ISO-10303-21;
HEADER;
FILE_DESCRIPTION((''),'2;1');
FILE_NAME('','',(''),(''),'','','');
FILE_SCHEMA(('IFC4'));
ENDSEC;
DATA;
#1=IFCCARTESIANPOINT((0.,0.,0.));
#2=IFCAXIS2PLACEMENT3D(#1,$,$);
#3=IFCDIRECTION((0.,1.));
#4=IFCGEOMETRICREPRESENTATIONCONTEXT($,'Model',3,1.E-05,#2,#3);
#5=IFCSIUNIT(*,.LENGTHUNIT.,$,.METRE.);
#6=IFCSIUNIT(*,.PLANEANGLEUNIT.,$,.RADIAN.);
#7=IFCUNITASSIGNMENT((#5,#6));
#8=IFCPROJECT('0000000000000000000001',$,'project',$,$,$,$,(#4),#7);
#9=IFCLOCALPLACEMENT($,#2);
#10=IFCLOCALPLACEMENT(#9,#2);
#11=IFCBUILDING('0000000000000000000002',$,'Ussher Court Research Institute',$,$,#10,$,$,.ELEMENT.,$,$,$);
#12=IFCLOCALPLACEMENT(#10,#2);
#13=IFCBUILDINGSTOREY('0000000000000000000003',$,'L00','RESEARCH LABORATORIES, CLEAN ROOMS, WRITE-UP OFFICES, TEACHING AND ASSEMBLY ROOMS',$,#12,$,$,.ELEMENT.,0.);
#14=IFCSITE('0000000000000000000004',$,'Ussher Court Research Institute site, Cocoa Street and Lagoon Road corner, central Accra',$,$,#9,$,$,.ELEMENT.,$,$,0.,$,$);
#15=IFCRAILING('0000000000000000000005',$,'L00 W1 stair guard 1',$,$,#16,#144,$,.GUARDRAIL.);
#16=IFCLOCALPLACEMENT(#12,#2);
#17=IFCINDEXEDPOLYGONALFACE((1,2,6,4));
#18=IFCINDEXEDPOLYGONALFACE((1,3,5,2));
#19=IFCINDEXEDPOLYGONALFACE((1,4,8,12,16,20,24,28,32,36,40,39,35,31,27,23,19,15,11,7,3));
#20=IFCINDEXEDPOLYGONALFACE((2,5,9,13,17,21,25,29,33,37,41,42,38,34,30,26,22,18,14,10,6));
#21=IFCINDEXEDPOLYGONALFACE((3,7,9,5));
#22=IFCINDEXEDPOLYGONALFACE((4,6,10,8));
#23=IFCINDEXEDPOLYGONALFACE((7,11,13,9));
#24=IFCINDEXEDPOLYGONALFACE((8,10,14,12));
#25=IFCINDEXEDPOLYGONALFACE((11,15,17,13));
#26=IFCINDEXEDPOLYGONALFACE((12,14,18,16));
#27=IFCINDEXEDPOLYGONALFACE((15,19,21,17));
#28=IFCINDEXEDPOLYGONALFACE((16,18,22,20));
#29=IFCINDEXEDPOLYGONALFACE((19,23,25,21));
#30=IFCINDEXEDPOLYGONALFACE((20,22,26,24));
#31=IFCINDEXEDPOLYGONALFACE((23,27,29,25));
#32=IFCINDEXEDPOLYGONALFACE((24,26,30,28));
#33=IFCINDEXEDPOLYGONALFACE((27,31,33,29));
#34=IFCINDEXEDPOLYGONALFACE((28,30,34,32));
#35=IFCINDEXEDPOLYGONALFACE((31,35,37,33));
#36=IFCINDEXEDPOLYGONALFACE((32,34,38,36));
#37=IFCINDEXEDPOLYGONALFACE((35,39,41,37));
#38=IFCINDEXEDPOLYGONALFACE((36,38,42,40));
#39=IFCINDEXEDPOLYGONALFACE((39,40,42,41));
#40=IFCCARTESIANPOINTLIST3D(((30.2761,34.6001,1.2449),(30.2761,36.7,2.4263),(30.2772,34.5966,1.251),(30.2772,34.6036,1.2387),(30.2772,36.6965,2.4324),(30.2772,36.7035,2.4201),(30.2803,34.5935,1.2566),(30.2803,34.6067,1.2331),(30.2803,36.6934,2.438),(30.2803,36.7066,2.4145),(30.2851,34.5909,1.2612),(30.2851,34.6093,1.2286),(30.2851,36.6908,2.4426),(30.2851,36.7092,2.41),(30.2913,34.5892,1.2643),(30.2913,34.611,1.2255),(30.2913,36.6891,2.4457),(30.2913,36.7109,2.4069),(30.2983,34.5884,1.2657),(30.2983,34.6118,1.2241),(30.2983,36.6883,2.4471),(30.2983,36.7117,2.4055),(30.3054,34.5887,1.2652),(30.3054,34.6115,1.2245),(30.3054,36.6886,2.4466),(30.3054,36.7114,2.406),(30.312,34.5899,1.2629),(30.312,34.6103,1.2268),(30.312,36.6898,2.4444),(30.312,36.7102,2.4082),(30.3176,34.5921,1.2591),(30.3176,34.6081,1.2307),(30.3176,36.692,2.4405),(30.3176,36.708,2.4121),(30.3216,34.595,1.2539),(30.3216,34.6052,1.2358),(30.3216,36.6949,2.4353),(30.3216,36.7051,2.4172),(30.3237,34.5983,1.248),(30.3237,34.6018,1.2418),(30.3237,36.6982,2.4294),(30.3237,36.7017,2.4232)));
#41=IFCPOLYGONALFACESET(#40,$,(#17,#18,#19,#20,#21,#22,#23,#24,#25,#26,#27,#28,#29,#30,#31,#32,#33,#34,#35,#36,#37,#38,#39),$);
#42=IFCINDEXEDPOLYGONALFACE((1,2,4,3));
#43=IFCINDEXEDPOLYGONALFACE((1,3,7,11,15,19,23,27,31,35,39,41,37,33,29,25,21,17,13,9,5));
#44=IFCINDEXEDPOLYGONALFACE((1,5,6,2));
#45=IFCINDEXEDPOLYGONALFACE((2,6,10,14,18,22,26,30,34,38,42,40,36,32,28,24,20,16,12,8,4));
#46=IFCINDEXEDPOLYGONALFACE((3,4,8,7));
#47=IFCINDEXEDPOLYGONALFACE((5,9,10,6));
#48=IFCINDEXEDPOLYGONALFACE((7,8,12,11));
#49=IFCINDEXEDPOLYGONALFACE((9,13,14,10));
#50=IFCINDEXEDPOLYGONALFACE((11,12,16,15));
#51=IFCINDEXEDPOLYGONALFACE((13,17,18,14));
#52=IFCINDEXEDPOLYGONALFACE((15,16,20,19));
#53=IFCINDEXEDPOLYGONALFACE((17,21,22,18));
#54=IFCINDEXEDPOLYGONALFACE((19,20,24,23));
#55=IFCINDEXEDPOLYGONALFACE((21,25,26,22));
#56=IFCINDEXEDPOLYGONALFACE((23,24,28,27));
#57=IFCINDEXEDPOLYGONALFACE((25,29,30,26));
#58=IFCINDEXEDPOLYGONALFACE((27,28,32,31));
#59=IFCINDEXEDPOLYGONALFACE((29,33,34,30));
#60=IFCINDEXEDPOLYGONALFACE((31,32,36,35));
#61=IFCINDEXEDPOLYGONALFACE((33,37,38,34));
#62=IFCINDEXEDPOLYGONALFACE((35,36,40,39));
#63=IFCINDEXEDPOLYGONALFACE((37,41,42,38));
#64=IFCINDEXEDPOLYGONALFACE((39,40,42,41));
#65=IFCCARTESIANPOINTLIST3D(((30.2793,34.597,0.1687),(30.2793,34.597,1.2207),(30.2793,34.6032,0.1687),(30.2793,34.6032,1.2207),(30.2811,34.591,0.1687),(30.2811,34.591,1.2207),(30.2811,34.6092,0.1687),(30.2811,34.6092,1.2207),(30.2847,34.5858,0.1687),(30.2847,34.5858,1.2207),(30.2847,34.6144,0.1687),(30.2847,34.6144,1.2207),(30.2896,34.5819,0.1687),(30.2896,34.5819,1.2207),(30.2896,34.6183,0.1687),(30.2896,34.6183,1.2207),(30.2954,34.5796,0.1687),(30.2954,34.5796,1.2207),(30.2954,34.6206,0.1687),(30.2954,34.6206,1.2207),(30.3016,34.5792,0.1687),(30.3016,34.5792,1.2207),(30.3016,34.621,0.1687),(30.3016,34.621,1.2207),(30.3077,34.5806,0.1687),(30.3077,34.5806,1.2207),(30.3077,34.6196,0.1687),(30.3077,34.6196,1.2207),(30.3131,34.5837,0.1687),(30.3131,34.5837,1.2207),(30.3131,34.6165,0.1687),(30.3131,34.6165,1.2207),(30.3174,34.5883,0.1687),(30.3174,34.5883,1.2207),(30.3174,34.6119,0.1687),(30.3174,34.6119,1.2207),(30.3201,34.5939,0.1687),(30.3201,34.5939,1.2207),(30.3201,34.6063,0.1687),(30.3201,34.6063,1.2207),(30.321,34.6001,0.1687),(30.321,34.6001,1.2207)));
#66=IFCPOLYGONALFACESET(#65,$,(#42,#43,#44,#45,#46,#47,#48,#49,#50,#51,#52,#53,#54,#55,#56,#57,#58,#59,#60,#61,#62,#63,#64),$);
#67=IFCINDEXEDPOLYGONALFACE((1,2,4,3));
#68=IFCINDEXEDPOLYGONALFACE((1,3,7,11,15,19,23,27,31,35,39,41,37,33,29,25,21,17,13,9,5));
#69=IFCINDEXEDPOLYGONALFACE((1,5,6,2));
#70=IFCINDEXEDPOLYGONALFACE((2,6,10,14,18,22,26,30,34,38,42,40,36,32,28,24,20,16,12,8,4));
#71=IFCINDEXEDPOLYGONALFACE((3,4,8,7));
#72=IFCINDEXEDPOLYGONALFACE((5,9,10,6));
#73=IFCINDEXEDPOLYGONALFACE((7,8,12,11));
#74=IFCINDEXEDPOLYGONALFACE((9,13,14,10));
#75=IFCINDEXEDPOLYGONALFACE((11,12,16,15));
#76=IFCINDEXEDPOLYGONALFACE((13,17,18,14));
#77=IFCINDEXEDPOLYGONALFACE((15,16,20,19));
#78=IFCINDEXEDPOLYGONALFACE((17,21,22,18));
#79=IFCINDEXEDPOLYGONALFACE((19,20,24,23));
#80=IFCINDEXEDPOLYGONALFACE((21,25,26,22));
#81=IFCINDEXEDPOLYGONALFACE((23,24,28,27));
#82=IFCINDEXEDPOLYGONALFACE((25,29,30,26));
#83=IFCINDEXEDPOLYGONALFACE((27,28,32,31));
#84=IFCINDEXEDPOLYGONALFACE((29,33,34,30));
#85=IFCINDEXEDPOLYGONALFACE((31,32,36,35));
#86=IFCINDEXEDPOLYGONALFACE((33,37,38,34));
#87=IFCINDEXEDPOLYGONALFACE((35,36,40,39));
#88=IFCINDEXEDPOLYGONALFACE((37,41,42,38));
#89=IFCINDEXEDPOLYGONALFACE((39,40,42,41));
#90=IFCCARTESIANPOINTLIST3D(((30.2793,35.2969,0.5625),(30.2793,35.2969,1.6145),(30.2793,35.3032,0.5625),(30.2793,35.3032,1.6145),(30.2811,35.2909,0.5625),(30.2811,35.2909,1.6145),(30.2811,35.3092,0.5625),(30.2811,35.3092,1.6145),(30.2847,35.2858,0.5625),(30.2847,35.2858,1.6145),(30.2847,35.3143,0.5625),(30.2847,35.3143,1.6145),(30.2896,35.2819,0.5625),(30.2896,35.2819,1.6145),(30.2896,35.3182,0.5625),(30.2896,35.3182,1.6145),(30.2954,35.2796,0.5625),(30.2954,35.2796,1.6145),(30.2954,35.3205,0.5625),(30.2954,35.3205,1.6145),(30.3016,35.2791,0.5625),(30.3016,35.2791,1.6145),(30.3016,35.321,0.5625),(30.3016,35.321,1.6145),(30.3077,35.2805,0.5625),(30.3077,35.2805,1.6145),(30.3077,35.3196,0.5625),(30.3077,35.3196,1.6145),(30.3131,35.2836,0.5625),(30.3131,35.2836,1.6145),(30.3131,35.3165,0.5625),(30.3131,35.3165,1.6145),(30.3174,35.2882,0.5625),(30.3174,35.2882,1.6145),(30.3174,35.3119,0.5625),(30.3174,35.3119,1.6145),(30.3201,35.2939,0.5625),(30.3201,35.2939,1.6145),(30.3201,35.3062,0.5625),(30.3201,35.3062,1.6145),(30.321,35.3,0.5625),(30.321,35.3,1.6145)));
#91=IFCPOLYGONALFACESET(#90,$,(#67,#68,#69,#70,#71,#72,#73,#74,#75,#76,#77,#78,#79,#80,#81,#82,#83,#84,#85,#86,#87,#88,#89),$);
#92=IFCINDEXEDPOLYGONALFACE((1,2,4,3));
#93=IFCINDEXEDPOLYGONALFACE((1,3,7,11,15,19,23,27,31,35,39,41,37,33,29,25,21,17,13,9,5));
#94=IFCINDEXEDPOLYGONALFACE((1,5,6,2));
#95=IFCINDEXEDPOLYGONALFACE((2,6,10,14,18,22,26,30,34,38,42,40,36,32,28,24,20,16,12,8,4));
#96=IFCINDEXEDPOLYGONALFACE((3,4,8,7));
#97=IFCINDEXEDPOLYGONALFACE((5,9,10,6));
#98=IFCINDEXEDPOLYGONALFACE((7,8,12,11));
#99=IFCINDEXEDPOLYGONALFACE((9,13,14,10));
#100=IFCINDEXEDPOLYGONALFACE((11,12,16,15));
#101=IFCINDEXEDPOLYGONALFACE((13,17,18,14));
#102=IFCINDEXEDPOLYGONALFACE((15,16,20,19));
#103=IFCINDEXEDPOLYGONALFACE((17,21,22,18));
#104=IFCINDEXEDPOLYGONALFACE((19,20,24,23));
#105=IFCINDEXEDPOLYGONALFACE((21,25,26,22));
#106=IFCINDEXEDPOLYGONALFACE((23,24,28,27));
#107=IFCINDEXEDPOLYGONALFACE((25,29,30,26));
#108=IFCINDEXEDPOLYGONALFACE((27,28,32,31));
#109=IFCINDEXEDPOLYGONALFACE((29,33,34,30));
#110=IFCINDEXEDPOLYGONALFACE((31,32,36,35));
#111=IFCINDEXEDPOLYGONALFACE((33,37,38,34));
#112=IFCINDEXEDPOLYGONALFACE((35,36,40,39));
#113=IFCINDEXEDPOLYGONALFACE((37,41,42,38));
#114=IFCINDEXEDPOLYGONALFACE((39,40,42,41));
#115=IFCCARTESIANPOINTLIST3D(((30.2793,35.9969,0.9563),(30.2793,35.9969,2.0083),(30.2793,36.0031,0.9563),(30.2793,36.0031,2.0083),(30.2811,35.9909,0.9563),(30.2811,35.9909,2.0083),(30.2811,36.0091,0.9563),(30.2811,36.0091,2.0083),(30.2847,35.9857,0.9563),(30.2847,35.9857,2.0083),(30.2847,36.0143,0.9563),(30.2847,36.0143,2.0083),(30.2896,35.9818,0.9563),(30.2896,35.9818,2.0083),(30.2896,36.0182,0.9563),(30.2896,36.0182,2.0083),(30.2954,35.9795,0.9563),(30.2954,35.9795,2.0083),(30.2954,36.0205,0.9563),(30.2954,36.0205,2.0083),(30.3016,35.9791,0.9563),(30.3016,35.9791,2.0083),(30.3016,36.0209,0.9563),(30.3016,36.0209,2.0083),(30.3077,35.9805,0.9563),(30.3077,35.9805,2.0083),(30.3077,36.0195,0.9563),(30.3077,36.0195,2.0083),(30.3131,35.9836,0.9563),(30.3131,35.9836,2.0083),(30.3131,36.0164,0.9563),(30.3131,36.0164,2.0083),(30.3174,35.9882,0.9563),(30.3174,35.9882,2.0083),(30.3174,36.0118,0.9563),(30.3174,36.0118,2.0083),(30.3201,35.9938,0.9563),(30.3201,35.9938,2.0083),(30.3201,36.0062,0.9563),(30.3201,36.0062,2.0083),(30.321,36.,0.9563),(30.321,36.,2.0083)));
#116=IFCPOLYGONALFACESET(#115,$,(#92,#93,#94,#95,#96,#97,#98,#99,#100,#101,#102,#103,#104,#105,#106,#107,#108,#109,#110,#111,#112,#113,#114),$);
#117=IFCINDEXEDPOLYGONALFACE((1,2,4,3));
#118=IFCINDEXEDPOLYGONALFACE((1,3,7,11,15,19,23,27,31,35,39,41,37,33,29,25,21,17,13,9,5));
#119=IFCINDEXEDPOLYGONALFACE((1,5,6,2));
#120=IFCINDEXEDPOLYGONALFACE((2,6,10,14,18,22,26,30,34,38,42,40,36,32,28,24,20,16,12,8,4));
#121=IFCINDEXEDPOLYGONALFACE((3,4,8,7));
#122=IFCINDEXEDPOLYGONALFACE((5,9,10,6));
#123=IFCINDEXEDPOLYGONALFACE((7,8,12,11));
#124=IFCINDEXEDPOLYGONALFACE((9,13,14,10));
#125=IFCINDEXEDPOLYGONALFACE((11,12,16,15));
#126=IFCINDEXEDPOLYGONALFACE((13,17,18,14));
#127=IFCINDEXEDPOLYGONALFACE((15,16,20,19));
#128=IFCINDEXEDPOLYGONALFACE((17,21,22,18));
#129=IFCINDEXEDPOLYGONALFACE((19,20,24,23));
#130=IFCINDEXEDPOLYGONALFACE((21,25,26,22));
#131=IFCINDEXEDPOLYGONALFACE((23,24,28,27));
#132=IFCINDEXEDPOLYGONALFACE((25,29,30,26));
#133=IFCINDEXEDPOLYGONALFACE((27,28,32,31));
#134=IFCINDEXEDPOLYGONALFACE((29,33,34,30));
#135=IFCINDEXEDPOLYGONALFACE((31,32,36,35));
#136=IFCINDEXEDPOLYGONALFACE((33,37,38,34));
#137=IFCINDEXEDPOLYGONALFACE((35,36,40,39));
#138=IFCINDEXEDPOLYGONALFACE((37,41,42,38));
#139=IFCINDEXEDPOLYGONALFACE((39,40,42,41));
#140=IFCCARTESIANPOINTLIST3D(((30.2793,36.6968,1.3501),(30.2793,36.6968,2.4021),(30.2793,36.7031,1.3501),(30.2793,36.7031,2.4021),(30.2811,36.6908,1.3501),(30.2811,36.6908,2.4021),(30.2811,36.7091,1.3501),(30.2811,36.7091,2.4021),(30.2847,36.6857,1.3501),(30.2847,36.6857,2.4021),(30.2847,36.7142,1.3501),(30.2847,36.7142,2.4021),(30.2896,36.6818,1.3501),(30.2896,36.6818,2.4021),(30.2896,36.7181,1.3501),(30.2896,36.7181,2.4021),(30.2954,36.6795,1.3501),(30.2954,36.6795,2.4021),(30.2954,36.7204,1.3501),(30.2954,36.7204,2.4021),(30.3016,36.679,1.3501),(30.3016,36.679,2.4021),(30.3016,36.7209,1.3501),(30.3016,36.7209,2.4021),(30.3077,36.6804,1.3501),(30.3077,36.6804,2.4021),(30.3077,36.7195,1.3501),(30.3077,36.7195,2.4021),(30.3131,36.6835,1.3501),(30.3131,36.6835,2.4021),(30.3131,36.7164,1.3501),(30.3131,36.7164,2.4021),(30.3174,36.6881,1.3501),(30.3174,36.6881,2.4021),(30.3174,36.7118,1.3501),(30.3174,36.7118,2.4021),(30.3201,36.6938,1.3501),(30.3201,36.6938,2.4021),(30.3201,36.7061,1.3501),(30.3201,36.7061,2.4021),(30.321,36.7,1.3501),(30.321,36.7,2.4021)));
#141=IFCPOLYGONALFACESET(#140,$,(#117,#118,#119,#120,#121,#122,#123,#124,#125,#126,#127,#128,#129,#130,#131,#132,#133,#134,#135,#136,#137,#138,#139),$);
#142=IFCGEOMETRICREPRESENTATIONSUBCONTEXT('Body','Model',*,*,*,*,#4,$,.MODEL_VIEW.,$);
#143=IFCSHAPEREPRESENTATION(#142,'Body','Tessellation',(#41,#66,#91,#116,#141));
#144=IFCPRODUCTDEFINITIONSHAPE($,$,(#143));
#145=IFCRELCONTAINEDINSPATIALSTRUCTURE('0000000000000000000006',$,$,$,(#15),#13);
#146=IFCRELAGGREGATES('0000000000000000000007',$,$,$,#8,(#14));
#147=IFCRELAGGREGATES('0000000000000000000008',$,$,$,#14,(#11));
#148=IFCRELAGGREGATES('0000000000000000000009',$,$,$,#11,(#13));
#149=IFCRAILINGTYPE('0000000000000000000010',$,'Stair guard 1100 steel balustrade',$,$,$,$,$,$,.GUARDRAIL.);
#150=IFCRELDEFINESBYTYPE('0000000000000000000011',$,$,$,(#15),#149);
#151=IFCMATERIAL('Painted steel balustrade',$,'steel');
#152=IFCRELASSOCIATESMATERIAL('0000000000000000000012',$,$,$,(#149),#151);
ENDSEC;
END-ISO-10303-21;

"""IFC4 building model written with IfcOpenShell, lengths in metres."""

from ifc_helpers import new_model, si_unit, direction, frame, origin, origin_2d, place, context, subcontext, project, spatial, circle, extrude, material, type_object, element, save


model = new_model("IFC4")

# Units and contexts
model_context = context("Model", 3, precision=1e-05, world=origin(), true_north=direction((0.0, 1.0)))
body_context = subcontext(model_context, "Body", "Model", "MODEL_VIEW")
ifc_project = project(units=[si_unit("LENGTHUNIT", "METRE"), si_unit("PLANEANGLEUNIT", "RADIAN")], contexts=[model_context])

# Site, building, storey
site_placement = place(None, origin())
site = spatial("IfcSite", under=ifc_project, at=site_placement, Name="Ussher Court Research Institute site, Cocoa Street and Lagoon Road corner, central Accra", CompositionType="ELEMENT", RefElevation=0.0)
building_placement = place(site_placement, origin())
building = spatial("IfcBuilding", under=site, at=building_placement, Name="Ussher Court Research Institute", CompositionType="ELEMENT")
storey_placement = place(building_placement, origin())
storey = spatial("IfcBuildingStorey", under=building, at=storey_placement, Name="L00", Description="RESEARCH LABORATORIES, CLEAN ROOMS, WRITE-UP OFFICES, TEACHING AND ASSEMBLY ROOMS", CompositionType="ELEMENT", Elevation=0.0)

# Railing
ifc_material_1 = material(Name="Painted steel balustrade", Category="steel")
railing_type_1 = type_object("IfcRailingType", Name="Stair guard 1100 steel balustrade", PredefinedType="GUARDRAIL", material=ifc_material_1)
railing_1_placement = place(storey_placement, frame((30.3, 34.6001, 0.1687)))
element("IfcRailing", 1, at=railing_1_placement, inside=storey, type_object=railing_type_1, Name="L00 W1 stair guard 1", PredefinedType="GUARDRAIL", context=body_context, shape_type="SweptSolid", body=[
    extrude(circle(Radius=0.0239, at=origin_2d()), frame((0.0, 0.0, 1.0762), z_axis=(0.0, 0.871535, 0.490333), x_axis=(-1.0, 0.0, 0.0)), (0.0, 0.0, 1.0), 2.4094),
    extrude(circle(Radius=0.021, at=origin_2d()), origin(), (0.0, 0.0, 1.0), 1.052),
    extrude(circle(Radius=0.021, at=origin_2d()), frame((0.0, 0.7, 0.3938)), (0.0, 0.0, 1.0), 1.052),
    extrude(circle(Radius=0.021, at=origin_2d()), frame((0.0, 1.3999, 0.7876)), (0.0, 0.0, 1.0), 1.052),
    extrude(circle(Radius=0.021, at=origin_2d()), frame((0.0, 2.0999, 1.1814)), (0.0, 0.0, 1.0), 1.052),
])

save(model, "model.ifc")
